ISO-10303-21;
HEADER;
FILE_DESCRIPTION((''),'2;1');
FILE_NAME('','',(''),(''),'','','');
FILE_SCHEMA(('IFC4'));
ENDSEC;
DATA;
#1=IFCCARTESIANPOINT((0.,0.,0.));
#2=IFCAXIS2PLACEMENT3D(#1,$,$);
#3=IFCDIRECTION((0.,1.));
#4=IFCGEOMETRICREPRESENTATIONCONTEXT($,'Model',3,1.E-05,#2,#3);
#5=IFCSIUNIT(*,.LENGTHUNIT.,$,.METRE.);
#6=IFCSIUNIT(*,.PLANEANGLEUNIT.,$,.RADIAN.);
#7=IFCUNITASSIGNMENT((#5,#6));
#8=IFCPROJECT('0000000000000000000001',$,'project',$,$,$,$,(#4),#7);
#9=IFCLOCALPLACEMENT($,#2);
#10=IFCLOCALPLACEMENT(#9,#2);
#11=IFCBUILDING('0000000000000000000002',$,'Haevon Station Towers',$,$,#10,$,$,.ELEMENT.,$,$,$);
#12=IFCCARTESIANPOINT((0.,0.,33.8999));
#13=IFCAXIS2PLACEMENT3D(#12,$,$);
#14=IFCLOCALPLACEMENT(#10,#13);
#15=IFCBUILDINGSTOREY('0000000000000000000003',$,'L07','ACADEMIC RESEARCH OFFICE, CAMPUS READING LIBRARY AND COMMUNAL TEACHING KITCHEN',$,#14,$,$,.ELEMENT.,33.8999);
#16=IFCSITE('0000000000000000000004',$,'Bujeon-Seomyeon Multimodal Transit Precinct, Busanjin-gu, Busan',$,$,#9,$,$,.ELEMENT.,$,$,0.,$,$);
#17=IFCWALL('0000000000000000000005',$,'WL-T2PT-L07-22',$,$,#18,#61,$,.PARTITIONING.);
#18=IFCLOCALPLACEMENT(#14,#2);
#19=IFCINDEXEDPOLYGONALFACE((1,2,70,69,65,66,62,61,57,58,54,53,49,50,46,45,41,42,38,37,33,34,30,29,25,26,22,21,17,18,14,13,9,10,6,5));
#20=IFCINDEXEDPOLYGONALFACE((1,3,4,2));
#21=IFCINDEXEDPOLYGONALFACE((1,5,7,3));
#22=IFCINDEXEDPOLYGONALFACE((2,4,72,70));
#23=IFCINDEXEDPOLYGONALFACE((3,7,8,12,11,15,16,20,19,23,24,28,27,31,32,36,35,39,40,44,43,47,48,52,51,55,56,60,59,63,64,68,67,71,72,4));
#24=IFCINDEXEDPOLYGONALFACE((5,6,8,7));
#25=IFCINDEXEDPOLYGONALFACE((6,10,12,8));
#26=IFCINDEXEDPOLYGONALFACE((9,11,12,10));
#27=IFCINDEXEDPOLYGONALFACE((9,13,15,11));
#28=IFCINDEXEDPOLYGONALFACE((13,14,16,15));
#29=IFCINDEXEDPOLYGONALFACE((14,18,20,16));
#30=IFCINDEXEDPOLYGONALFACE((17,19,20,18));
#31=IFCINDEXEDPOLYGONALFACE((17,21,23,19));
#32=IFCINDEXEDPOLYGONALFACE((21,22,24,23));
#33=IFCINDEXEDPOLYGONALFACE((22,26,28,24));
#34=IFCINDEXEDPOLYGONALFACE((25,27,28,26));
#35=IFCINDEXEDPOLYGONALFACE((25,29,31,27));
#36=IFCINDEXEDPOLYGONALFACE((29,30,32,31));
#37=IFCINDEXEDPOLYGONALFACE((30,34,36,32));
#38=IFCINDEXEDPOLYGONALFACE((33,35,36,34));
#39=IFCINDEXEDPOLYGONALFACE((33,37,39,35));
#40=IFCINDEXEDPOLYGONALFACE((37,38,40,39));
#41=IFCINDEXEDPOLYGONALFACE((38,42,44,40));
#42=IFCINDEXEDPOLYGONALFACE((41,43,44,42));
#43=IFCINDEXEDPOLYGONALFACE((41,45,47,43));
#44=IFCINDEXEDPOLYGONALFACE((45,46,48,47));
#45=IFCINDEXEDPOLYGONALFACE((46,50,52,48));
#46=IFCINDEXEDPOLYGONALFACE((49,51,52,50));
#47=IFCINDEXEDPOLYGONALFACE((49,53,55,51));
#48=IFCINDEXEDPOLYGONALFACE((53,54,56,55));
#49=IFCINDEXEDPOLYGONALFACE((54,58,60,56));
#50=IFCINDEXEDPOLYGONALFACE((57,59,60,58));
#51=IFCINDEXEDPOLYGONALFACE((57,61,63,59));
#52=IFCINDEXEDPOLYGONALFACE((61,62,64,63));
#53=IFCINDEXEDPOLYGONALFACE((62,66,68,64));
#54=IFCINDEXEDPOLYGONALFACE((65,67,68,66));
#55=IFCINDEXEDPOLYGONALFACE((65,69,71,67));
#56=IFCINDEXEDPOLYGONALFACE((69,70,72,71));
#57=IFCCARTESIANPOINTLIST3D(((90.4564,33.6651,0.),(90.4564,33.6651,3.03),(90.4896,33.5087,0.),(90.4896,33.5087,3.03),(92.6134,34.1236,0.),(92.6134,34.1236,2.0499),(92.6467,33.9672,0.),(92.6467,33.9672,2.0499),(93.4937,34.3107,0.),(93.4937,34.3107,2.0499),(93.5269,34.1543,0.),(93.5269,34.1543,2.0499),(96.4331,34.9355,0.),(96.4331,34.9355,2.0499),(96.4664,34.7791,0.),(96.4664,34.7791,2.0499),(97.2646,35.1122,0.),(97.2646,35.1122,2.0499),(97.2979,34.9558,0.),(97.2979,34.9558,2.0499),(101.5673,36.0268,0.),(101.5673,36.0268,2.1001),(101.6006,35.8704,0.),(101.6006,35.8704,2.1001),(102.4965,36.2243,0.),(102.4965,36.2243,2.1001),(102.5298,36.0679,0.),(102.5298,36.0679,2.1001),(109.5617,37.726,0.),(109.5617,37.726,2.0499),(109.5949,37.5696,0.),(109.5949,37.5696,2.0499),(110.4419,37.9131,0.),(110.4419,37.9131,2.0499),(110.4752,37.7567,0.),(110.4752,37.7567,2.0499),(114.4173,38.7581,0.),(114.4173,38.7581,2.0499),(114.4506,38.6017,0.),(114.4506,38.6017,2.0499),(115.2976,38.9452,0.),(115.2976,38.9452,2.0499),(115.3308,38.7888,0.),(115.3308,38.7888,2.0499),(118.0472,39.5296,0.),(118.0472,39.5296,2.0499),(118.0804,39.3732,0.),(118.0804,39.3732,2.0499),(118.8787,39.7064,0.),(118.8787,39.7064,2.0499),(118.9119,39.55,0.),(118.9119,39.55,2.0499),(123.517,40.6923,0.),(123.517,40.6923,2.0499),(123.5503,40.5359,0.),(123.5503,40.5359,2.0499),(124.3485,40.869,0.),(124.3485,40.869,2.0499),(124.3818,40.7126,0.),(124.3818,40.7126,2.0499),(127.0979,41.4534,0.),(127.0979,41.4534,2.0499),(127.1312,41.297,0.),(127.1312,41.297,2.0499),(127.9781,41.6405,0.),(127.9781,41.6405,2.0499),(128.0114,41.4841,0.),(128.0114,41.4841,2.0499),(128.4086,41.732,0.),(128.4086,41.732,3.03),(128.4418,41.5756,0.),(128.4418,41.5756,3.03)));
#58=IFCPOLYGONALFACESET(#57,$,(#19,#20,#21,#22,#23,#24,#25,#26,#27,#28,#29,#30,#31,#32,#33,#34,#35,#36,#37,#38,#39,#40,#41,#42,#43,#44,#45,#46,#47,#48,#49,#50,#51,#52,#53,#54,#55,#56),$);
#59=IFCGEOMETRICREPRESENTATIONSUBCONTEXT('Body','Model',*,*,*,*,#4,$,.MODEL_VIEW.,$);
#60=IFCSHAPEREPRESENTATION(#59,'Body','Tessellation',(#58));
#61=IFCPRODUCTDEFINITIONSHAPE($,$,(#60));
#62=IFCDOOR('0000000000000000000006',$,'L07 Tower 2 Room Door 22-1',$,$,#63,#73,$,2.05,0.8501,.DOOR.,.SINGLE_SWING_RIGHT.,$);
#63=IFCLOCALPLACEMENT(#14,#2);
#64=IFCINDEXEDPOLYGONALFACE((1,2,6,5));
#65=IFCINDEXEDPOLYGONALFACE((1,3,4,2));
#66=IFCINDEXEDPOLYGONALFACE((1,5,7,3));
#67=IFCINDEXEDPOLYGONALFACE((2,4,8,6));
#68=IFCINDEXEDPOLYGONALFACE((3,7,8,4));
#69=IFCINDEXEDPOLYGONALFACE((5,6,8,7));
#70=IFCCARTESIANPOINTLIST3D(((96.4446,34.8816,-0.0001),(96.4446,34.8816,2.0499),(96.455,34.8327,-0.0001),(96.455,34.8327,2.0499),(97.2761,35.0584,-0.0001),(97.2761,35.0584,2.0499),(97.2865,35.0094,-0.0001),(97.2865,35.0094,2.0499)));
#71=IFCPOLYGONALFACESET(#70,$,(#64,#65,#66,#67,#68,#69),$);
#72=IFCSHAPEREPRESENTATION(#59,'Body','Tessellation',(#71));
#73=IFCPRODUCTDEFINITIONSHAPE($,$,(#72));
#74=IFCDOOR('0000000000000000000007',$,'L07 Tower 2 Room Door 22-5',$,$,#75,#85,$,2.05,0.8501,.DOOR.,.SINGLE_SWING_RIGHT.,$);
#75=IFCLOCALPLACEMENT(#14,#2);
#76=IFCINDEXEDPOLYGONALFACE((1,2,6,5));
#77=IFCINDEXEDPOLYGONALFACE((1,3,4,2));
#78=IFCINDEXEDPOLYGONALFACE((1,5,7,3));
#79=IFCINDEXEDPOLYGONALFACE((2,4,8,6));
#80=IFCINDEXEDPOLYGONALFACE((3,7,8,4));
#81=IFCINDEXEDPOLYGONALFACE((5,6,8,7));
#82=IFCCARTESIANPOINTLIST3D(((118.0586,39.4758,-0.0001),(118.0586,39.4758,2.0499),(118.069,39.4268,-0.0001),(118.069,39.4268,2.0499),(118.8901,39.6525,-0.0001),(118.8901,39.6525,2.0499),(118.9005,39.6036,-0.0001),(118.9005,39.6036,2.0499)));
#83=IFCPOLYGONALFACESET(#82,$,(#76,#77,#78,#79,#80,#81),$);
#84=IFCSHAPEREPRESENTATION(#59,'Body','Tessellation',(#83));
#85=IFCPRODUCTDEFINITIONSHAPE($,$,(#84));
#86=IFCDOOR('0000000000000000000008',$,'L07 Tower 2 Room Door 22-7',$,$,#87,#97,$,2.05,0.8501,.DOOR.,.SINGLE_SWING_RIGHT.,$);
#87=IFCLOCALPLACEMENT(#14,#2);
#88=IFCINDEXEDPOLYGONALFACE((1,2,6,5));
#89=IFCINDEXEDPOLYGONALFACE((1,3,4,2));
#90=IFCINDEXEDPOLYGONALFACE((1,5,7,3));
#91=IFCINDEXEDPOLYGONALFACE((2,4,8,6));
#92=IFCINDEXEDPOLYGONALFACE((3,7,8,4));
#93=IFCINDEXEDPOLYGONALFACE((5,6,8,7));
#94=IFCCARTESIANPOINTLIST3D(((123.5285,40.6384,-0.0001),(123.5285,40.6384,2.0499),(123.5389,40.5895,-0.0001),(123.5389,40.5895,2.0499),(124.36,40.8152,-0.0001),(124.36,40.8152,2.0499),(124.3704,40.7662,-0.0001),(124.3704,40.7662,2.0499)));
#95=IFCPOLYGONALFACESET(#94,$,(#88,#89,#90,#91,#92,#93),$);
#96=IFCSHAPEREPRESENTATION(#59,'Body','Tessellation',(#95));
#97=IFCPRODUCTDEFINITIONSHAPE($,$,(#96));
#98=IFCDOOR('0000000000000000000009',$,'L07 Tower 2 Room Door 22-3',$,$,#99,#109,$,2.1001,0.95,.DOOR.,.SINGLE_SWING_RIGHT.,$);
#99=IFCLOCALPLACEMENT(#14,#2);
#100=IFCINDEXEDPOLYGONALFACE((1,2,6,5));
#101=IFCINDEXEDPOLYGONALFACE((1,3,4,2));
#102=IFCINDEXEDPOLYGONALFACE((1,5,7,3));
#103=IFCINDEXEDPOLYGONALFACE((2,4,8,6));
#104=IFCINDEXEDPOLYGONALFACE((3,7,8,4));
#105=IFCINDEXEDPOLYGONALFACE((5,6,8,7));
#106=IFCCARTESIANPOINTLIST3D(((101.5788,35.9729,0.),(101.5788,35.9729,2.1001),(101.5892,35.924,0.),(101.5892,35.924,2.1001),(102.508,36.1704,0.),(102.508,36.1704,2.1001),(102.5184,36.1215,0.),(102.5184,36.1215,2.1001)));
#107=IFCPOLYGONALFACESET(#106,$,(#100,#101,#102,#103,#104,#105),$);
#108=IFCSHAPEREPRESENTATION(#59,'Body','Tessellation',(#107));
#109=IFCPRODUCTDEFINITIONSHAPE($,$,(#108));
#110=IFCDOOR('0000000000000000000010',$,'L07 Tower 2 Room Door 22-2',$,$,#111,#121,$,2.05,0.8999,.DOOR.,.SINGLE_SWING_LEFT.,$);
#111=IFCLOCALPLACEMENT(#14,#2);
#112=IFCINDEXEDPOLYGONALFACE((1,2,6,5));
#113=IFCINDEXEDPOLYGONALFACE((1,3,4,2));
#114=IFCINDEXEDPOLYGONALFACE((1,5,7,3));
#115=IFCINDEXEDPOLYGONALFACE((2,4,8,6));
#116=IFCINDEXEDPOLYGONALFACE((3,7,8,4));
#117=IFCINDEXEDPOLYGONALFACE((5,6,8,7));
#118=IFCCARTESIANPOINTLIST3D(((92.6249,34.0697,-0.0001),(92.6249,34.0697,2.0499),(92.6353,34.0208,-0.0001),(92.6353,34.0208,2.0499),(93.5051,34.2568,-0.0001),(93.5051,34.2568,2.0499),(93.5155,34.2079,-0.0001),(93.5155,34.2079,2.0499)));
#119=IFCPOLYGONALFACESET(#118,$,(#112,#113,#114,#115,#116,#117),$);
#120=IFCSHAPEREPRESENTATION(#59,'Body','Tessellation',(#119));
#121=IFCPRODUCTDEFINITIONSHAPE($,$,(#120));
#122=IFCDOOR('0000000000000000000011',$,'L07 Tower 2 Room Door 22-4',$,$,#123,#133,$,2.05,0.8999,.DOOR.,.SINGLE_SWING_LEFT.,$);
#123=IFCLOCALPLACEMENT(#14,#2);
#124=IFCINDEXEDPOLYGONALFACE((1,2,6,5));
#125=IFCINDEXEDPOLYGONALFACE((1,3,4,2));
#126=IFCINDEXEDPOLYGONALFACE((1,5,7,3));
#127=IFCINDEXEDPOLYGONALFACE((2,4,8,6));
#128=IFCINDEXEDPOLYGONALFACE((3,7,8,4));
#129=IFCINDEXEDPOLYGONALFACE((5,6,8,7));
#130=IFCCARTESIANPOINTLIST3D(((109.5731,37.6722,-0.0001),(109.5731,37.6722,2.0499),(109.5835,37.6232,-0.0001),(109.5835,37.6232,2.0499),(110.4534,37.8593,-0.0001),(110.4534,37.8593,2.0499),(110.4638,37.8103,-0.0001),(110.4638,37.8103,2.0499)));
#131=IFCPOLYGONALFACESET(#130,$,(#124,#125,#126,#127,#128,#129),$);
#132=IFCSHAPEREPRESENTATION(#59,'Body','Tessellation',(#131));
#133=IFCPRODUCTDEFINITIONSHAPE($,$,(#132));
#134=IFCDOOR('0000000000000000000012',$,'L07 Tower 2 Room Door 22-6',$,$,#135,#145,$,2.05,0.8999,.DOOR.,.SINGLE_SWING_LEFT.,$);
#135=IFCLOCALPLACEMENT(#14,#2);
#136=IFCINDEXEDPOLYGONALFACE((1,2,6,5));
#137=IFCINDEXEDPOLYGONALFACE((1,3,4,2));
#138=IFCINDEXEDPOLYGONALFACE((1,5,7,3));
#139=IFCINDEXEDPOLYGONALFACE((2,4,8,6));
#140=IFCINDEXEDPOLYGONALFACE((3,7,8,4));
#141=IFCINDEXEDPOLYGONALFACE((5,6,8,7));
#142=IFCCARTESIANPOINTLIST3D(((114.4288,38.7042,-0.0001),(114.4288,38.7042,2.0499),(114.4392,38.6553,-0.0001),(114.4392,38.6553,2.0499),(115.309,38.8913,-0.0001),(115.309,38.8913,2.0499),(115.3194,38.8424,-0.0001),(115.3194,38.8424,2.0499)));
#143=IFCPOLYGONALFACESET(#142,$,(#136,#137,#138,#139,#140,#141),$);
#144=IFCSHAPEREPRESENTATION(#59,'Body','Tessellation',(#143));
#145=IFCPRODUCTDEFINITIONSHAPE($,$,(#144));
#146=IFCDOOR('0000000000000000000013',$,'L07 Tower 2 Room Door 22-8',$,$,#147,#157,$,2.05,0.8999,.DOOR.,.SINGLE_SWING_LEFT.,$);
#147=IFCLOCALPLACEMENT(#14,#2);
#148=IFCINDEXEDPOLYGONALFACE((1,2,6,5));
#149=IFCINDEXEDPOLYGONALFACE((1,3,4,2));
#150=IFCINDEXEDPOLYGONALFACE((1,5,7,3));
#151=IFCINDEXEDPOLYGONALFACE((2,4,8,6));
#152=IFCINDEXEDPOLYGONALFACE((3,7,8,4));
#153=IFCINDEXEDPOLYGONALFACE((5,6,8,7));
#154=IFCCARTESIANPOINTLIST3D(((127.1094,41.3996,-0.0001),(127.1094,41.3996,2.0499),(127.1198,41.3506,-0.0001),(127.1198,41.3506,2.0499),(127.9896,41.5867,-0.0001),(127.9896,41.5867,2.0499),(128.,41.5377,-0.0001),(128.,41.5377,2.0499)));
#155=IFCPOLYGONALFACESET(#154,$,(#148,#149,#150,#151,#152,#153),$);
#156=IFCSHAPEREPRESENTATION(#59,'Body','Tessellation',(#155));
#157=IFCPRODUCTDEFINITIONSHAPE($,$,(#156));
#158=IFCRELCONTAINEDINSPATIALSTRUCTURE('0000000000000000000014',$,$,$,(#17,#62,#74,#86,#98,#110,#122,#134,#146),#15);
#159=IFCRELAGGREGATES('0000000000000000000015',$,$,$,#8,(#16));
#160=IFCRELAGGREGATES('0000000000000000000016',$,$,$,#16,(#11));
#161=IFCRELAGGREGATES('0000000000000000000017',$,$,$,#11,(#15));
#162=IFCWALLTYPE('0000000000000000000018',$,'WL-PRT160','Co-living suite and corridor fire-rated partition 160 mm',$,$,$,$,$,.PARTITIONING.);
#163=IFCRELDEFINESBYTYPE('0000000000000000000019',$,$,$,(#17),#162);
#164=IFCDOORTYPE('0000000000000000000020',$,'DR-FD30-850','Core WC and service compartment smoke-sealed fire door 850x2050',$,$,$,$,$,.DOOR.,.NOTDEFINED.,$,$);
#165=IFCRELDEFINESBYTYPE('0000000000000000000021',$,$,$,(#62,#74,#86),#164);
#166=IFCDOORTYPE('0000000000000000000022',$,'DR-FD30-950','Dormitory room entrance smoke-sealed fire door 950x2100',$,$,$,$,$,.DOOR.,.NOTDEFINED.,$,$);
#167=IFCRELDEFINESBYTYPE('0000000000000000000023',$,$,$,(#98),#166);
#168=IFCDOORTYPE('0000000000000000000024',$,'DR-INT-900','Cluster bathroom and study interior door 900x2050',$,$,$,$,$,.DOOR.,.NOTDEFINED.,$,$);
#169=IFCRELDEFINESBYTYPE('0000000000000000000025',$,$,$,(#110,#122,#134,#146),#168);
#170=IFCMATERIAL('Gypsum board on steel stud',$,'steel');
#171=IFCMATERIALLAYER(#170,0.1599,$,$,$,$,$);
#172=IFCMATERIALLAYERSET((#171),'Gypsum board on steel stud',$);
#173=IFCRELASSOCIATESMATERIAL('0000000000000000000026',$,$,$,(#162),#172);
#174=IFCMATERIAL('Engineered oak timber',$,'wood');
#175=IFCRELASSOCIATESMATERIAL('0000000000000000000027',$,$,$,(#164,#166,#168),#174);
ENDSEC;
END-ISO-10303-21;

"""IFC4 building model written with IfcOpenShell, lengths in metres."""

from ifc_helpers import new_model, si_unit, direction, frame, frame_2d, origin, place, context, subcontext, project, spatial, rectangle, extrude, material, layer, layer_set, type_object, element, fill, save


model = new_model("IFC4")

# Units and contexts
model_context = context("Model", 3, precision=1e-05, world=origin(), true_north=direction((0.0, 1.0)))
body_context = subcontext(model_context, "Body", "Model", "MODEL_VIEW")
ifc_project = project(units=[si_unit("LENGTHUNIT", "METRE"), si_unit("PLANEANGLEUNIT", "RADIAN")], contexts=[model_context])

# Site, building, storey
site_placement = place(None, origin())
site = spatial("IfcSite", under=ifc_project, at=site_placement, Name="Bujeon-Seomyeon Multimodal Transit Precinct, Busanjin-gu, Busan", CompositionType="ELEMENT", RefElevation=0.0)
building_placement = place(site_placement, origin())
building = spatial("IfcBuilding", under=site, at=building_placement, Name="Haevon Station Towers", CompositionType="ELEMENT")
storey_placement = place(building_placement, frame((0.0, 0.0, 33.8999)))
storey = spatial("IfcBuildingStorey", under=building, at=storey_placement, Name="L07", Description="ACADEMIC RESEARCH OFFICE, CAMPUS READING LIBRARY AND COMMUNAL TEACHING KITCHEN", CompositionType="ELEMENT", Elevation=33.8999)

# Shared definitions
ifc_material_1 = material(Name="Gypsum board on steel stud", Category="steel")

# Wall, openings, doors
ifc_layer_1 = layer(ifc_material_1, 0.1599)
ifc_layer_set_1 = layer_set([ifc_layer_1], Name="Gypsum board on steel stud")
wall_type_1 = type_object("IfcWallType", Name="WL-PRT160", Description="Co-living suite and corridor fire-rated partition 160 mm", PredefinedType="PARTITIONING", material=ifc_layer_set_1)
wall_1_placement = place(storey_placement, frame((90.4731, 33.5869, 0.0), z_axis=(0.0, 0.0, 1.0), x_axis=(0.978148, 0.20791, 0.0)))
wall_1 = element("IfcWall", 1, at=wall_1_placement, inside=storey, type_object=wall_type_1, Name="WL-T2PT-L07-22", PredefinedType="PARTITIONING", context=body_context, shape_type="SweptSolid", body=[
    extrude(rectangle(XDim=38.8, YDim=0.1599, at=frame_2d((19.3999, 0.0))), origin(), (0.0, 0.0, 1.0), 3.03),
])
opening_1_placement = place(wall_1_placement, frame((6.1101, 0.0, 0.0)))
opening_1 = element("IfcOpeningElement", 2, at=opening_1_placement, cuts=wall_1, PredefinedType="OPENING", context=body_context, shape_type="SweptSolid", body=[
    extrude(rectangle(XDim=0.8501, YDim=2.05, at=frame_2d((0.425, 1.0249))), frame((0.0, 0.0898, 0.0), z_axis=(0.0, -1.0, 0.0), x_axis=(1.0, 0.0, 0.0)), (0.0, 0.0, 1.0), 0.1799),
])
opening_2_placement = place(wall_1_placement, frame((2.2051, 0.0, 0.0)))
opening_2 = element("IfcOpeningElement", 3, at=opening_2_placement, cuts=wall_1, PredefinedType="OPENING", context=body_context, shape_type="SweptSolid", body=[
    extrude(rectangle(XDim=0.8999, YDim=2.05, at=frame_2d((0.45, 1.0249))), frame((0.0, 0.0898, 0.0), z_axis=(0.0, -1.0, 0.0), x_axis=(1.0, 0.0, 0.0)), (0.0, 0.0, 1.0), 0.1799),
])
opening_3_placement = place(wall_1_placement, frame((11.3589, 0.0, 0.0)))
opening_3 = element("IfcOpeningElement", 4, at=opening_3_placement, cuts=wall_1, PredefinedType="OPENING", context=body_context, shape_type="SweptSolid", body=[
    extrude(rectangle(XDim=0.95, YDim=2.1001, at=frame_2d((0.4751, 1.05))), frame((0.0, 0.0898, 0.0), z_axis=(0.0, -1.0, 0.0), x_axis=(1.0, 0.0, 0.0)), (0.0, 0.0, 1.0), 0.1799),
])
opening_4_placement = place(wall_1_placement, frame((19.532, 0.0, 0.0)))
opening_4 = element("IfcOpeningElement", 5, at=opening_4_placement, cuts=wall_1, PredefinedType="OPENING", context=body_context, shape_type="SweptSolid", body=[
    extrude(rectangle(XDim=0.8999, YDim=2.05, at=frame_2d((0.45, 1.0249))), frame((0.0, 0.0898, 0.0), z_axis=(0.0, -1.0, 0.0), x_axis=(1.0, 0.0, 0.0)), (0.0, 0.0, 1.0), 0.1799),
])
opening_5_placement = place(wall_1_placement, frame((28.207, 0.0, 0.0)))
opening_5 = element("IfcOpeningElement", 6, at=opening_5_placement, cuts=wall_1, PredefinedType="OPENING", context=body_context, shape_type="SweptSolid", body=[
    extrude(rectangle(XDim=0.8501, YDim=2.05, at=frame_2d((0.425, 1.0249))), frame((0.0, 0.0898, 0.0), z_axis=(0.0, -1.0, 0.0), x_axis=(1.0, 0.0, 0.0)), (0.0, 0.0, 1.0), 0.1799),
])
opening_6_placement = place(wall_1_placement, frame((24.4961, 0.0, 0.0)))
opening_6 = element("IfcOpeningElement", 7, at=opening_6_placement, cuts=wall_1, PredefinedType="OPENING", context=body_context, shape_type="SweptSolid", body=[
    extrude(rectangle(XDim=0.8999, YDim=2.05, at=frame_2d((0.45, 1.0249))), frame((0.0, 0.0898, 0.0), z_axis=(0.0, -1.0, 0.0), x_axis=(1.0, 0.0, 0.0)), (0.0, 0.0, 1.0), 0.1799),
])
opening_7_placement = place(wall_1_placement, frame((33.7991, 0.0, 0.0)))
opening_7 = element("IfcOpeningElement", 8, at=opening_7_placement, cuts=wall_1, PredefinedType="OPENING", context=body_context, shape_type="SweptSolid", body=[
    extrude(rectangle(XDim=0.8501, YDim=2.05, at=frame_2d((0.425, 1.0249))), frame((0.0, 0.0898, 0.0), z_axis=(0.0, -1.0, 0.0), x_axis=(1.0, 0.0, 0.0)), (0.0, 0.0, 1.0), 0.1799),
])
opening_8_placement = place(wall_1_placement, frame((37.46, 0.0, 0.0)))
opening_8 = element("IfcOpeningElement", 9, at=opening_8_placement, cuts=wall_1, PredefinedType="OPENING", context=body_context, shape_type="SweptSolid", body=[
    extrude(rectangle(XDim=0.8999, YDim=2.05, at=frame_2d((0.45, 1.0249))), frame((0.0, 0.0898, 0.0), z_axis=(0.0, -1.0, 0.0), x_axis=(1.0, 0.0, 0.0)), (0.0, 0.0, 1.0), 0.1799),
])
ifc_material_2 = material(Name="Engineered oak timber", Category="wood")
door_type_1 = type_object("IfcDoorType", Name="DR-FD30-850", Description="Core WC and service compartment smoke-sealed fire door 850x2050", OperationType="NOTDEFINED", PredefinedType="DOOR", material=ifc_material_2)
door_1_placement = place(opening_1_placement, origin())
door_1 = element("IfcDoor", 10, at=door_1_placement, inside=storey, type_object=door_type_1, Name="L07 Tower 2 Room Door 22-1", OperationType="SINGLE_SWING_RIGHT", OverallHeight=2.05, OverallWidth=0.8501, PredefinedType="DOOR", context=body_context, shape_type="SweptSolid", body=[
    extrude(rectangle(XDim=0.8501, YDim=2.05, at=frame_2d((0.425, 1.0249))), frame((0.0, 0.0249, 0.0), z_axis=(0.0, -1.0, 0.0), x_axis=(1.0, 0.0, 0.0)), (0.0, 0.0, 1.0), 0.05),
])
fill(opening_1, door_1)
door_2_placement = place(opening_5_placement, origin())
door_2 = element("IfcDoor", 11, at=door_2_placement, inside=storey, type_object=door_type_1, Name="L07 Tower 2 Room Door 22-5", OperationType="SINGLE_SWING_RIGHT", OverallHeight=2.05, OverallWidth=0.8501, PredefinedType="DOOR", context=body_context, shape_type="SweptSolid", body=[
    extrude(rectangle(XDim=0.8501, YDim=2.05, at=frame_2d((0.425, 1.0249))), frame((0.0, 0.0249, 0.0), z_axis=(0.0, -1.0, 0.0), x_axis=(1.0, 0.0, 0.0)), (0.0, 0.0, 1.0), 0.05),
])
fill(opening_5, door_2)
door_3_placement = place(opening_7_placement, origin())
door_3 = element("IfcDoor", 12, at=door_3_placement, inside=storey, type_object=door_type_1, Name="L07 Tower 2 Room Door 22-7", OperationType="SINGLE_SWING_RIGHT", OverallHeight=2.05, OverallWidth=0.8501, PredefinedType="DOOR", context=body_context, shape_type="SweptSolid", body=[
    extrude(rectangle(XDim=0.8501, YDim=2.05, at=frame_2d((0.425, 1.0249))), frame((0.0, 0.0249, 0.0), z_axis=(0.0, -1.0, 0.0), x_axis=(1.0, 0.0, 0.0)), (0.0, 0.0, 1.0), 0.05),
])
fill(opening_7, door_3)
door_type_2 = type_object("IfcDoorType", Name="DR-FD30-950", Description="Dormitory room entrance smoke-sealed fire door 950x2100", OperationType="NOTDEFINED", PredefinedType="DOOR", material=ifc_material_2)
door_4_placement = place(opening_3_placement, origin())
door_4 = element("IfcDoor", 13, at=door_4_placement, inside=storey, type_object=door_type_2, Name="L07 Tower 2 Room Door 22-3", OperationType="SINGLE_SWING_RIGHT", OverallHeight=2.1001, OverallWidth=0.95, PredefinedType="DOOR", context=body_context, shape_type="SweptSolid", body=[
    extrude(rectangle(XDim=0.95, YDim=2.1001, at=frame_2d((0.4751, 1.05))), frame((0.0, 0.0249, 0.0), z_axis=(0.0, -1.0, 0.0), x_axis=(1.0, 0.0, 0.0)), (0.0, 0.0, 1.0), 0.05),
])
fill(opening_3, door_4)
door_type_3 = type_object("IfcDoorType", Name="DR-INT-900", Description="Cluster bathroom and study interior door 900x2050", OperationType="NOTDEFINED", PredefinedType="DOOR", material=ifc_material_2)
door_5_placement = place(opening_2_placement, origin())
door_5 = element("IfcDoor", 14, at=door_5_placement, inside=storey, type_object=door_type_3, Name="L07 Tower 2 Room Door 22-2", OperationType="SINGLE_SWING_LEFT", OverallHeight=2.05, OverallWidth=0.8999, PredefinedType="DOOR", context=body_context, shape_type="SweptSolid", body=[
    extrude(rectangle(XDim=0.8999, YDim=2.05, at=frame_2d((0.45, 1.0249))), frame((0.0, 0.0249, 0.0), z_axis=(0.0, -1.0, 0.0), x_axis=(1.0, 0.0, 0.0)), (0.0, 0.0, 1.0), 0.05),
])
fill(opening_2, door_5)
door_6_placement = place(opening_4_placement, origin())
door_6 = element("IfcDoor", 15, at=door_6_placement, inside=storey, type_object=door_type_3, Name="L07 Tower 2 Room Door 22-4", OperationType="SINGLE_SWING_LEFT", OverallHeight=2.05, OverallWidth=0.8999, PredefinedType="DOOR", context=body_context, shape_type="SweptSolid", body=[
    extrude(rectangle(XDim=0.8999, YDim=2.05, at=frame_2d((0.45, 1.0249))), frame((0.0, 0.0249, 0.0), z_axis=(0.0, -1.0, 0.0), x_axis=(1.0, 0.0, 0.0)), (0.0, 0.0, 1.0), 0.05),
])
fill(opening_4, door_6)
door_7_placement = place(opening_6_placement, origin())
door_7 = element("IfcDoor", 16, at=door_7_placement, inside=storey, type_object=door_type_3, Name="L07 Tower 2 Room Door 22-6", OperationType="SINGLE_SWING_LEFT", OverallHeight=2.05, OverallWidth=0.8999, PredefinedType="DOOR", context=body_context, shape_type="SweptSolid", body=[
    extrude(rectangle(XDim=0.8999, YDim=2.05, at=frame_2d((0.45, 1.0249))), frame((0.0, 0.0249, 0.0), z_axis=(0.0, -1.0, 0.0), x_axis=(1.0, 0.0, 0.0)), (0.0, 0.0, 1.0), 0.05),
])
fill(opening_6, door_7)
door_8_placement = place(opening_8_placement, origin())
door_8 = element("IfcDoor", 17, at=door_8_placement, inside=storey, type_object=door_type_3, Name="L07 Tower 2 Room Door 22-8", OperationType="SINGLE_SWING_LEFT", OverallHeight=2.05, OverallWidth=0.8999, PredefinedType="DOOR", context=body_context, shape_type="SweptSolid", body=[
    extrude(rectangle(XDim=0.8999, YDim=2.05, at=frame_2d((0.45, 1.0249))), frame((0.0, 0.0249, 0.0), z_axis=(0.0, -1.0, 0.0), x_axis=(1.0, 0.0, 0.0)), (0.0, 0.0, 1.0), 0.05),
])
fill(opening_8, door_8)

save(model, "model.ifc")
